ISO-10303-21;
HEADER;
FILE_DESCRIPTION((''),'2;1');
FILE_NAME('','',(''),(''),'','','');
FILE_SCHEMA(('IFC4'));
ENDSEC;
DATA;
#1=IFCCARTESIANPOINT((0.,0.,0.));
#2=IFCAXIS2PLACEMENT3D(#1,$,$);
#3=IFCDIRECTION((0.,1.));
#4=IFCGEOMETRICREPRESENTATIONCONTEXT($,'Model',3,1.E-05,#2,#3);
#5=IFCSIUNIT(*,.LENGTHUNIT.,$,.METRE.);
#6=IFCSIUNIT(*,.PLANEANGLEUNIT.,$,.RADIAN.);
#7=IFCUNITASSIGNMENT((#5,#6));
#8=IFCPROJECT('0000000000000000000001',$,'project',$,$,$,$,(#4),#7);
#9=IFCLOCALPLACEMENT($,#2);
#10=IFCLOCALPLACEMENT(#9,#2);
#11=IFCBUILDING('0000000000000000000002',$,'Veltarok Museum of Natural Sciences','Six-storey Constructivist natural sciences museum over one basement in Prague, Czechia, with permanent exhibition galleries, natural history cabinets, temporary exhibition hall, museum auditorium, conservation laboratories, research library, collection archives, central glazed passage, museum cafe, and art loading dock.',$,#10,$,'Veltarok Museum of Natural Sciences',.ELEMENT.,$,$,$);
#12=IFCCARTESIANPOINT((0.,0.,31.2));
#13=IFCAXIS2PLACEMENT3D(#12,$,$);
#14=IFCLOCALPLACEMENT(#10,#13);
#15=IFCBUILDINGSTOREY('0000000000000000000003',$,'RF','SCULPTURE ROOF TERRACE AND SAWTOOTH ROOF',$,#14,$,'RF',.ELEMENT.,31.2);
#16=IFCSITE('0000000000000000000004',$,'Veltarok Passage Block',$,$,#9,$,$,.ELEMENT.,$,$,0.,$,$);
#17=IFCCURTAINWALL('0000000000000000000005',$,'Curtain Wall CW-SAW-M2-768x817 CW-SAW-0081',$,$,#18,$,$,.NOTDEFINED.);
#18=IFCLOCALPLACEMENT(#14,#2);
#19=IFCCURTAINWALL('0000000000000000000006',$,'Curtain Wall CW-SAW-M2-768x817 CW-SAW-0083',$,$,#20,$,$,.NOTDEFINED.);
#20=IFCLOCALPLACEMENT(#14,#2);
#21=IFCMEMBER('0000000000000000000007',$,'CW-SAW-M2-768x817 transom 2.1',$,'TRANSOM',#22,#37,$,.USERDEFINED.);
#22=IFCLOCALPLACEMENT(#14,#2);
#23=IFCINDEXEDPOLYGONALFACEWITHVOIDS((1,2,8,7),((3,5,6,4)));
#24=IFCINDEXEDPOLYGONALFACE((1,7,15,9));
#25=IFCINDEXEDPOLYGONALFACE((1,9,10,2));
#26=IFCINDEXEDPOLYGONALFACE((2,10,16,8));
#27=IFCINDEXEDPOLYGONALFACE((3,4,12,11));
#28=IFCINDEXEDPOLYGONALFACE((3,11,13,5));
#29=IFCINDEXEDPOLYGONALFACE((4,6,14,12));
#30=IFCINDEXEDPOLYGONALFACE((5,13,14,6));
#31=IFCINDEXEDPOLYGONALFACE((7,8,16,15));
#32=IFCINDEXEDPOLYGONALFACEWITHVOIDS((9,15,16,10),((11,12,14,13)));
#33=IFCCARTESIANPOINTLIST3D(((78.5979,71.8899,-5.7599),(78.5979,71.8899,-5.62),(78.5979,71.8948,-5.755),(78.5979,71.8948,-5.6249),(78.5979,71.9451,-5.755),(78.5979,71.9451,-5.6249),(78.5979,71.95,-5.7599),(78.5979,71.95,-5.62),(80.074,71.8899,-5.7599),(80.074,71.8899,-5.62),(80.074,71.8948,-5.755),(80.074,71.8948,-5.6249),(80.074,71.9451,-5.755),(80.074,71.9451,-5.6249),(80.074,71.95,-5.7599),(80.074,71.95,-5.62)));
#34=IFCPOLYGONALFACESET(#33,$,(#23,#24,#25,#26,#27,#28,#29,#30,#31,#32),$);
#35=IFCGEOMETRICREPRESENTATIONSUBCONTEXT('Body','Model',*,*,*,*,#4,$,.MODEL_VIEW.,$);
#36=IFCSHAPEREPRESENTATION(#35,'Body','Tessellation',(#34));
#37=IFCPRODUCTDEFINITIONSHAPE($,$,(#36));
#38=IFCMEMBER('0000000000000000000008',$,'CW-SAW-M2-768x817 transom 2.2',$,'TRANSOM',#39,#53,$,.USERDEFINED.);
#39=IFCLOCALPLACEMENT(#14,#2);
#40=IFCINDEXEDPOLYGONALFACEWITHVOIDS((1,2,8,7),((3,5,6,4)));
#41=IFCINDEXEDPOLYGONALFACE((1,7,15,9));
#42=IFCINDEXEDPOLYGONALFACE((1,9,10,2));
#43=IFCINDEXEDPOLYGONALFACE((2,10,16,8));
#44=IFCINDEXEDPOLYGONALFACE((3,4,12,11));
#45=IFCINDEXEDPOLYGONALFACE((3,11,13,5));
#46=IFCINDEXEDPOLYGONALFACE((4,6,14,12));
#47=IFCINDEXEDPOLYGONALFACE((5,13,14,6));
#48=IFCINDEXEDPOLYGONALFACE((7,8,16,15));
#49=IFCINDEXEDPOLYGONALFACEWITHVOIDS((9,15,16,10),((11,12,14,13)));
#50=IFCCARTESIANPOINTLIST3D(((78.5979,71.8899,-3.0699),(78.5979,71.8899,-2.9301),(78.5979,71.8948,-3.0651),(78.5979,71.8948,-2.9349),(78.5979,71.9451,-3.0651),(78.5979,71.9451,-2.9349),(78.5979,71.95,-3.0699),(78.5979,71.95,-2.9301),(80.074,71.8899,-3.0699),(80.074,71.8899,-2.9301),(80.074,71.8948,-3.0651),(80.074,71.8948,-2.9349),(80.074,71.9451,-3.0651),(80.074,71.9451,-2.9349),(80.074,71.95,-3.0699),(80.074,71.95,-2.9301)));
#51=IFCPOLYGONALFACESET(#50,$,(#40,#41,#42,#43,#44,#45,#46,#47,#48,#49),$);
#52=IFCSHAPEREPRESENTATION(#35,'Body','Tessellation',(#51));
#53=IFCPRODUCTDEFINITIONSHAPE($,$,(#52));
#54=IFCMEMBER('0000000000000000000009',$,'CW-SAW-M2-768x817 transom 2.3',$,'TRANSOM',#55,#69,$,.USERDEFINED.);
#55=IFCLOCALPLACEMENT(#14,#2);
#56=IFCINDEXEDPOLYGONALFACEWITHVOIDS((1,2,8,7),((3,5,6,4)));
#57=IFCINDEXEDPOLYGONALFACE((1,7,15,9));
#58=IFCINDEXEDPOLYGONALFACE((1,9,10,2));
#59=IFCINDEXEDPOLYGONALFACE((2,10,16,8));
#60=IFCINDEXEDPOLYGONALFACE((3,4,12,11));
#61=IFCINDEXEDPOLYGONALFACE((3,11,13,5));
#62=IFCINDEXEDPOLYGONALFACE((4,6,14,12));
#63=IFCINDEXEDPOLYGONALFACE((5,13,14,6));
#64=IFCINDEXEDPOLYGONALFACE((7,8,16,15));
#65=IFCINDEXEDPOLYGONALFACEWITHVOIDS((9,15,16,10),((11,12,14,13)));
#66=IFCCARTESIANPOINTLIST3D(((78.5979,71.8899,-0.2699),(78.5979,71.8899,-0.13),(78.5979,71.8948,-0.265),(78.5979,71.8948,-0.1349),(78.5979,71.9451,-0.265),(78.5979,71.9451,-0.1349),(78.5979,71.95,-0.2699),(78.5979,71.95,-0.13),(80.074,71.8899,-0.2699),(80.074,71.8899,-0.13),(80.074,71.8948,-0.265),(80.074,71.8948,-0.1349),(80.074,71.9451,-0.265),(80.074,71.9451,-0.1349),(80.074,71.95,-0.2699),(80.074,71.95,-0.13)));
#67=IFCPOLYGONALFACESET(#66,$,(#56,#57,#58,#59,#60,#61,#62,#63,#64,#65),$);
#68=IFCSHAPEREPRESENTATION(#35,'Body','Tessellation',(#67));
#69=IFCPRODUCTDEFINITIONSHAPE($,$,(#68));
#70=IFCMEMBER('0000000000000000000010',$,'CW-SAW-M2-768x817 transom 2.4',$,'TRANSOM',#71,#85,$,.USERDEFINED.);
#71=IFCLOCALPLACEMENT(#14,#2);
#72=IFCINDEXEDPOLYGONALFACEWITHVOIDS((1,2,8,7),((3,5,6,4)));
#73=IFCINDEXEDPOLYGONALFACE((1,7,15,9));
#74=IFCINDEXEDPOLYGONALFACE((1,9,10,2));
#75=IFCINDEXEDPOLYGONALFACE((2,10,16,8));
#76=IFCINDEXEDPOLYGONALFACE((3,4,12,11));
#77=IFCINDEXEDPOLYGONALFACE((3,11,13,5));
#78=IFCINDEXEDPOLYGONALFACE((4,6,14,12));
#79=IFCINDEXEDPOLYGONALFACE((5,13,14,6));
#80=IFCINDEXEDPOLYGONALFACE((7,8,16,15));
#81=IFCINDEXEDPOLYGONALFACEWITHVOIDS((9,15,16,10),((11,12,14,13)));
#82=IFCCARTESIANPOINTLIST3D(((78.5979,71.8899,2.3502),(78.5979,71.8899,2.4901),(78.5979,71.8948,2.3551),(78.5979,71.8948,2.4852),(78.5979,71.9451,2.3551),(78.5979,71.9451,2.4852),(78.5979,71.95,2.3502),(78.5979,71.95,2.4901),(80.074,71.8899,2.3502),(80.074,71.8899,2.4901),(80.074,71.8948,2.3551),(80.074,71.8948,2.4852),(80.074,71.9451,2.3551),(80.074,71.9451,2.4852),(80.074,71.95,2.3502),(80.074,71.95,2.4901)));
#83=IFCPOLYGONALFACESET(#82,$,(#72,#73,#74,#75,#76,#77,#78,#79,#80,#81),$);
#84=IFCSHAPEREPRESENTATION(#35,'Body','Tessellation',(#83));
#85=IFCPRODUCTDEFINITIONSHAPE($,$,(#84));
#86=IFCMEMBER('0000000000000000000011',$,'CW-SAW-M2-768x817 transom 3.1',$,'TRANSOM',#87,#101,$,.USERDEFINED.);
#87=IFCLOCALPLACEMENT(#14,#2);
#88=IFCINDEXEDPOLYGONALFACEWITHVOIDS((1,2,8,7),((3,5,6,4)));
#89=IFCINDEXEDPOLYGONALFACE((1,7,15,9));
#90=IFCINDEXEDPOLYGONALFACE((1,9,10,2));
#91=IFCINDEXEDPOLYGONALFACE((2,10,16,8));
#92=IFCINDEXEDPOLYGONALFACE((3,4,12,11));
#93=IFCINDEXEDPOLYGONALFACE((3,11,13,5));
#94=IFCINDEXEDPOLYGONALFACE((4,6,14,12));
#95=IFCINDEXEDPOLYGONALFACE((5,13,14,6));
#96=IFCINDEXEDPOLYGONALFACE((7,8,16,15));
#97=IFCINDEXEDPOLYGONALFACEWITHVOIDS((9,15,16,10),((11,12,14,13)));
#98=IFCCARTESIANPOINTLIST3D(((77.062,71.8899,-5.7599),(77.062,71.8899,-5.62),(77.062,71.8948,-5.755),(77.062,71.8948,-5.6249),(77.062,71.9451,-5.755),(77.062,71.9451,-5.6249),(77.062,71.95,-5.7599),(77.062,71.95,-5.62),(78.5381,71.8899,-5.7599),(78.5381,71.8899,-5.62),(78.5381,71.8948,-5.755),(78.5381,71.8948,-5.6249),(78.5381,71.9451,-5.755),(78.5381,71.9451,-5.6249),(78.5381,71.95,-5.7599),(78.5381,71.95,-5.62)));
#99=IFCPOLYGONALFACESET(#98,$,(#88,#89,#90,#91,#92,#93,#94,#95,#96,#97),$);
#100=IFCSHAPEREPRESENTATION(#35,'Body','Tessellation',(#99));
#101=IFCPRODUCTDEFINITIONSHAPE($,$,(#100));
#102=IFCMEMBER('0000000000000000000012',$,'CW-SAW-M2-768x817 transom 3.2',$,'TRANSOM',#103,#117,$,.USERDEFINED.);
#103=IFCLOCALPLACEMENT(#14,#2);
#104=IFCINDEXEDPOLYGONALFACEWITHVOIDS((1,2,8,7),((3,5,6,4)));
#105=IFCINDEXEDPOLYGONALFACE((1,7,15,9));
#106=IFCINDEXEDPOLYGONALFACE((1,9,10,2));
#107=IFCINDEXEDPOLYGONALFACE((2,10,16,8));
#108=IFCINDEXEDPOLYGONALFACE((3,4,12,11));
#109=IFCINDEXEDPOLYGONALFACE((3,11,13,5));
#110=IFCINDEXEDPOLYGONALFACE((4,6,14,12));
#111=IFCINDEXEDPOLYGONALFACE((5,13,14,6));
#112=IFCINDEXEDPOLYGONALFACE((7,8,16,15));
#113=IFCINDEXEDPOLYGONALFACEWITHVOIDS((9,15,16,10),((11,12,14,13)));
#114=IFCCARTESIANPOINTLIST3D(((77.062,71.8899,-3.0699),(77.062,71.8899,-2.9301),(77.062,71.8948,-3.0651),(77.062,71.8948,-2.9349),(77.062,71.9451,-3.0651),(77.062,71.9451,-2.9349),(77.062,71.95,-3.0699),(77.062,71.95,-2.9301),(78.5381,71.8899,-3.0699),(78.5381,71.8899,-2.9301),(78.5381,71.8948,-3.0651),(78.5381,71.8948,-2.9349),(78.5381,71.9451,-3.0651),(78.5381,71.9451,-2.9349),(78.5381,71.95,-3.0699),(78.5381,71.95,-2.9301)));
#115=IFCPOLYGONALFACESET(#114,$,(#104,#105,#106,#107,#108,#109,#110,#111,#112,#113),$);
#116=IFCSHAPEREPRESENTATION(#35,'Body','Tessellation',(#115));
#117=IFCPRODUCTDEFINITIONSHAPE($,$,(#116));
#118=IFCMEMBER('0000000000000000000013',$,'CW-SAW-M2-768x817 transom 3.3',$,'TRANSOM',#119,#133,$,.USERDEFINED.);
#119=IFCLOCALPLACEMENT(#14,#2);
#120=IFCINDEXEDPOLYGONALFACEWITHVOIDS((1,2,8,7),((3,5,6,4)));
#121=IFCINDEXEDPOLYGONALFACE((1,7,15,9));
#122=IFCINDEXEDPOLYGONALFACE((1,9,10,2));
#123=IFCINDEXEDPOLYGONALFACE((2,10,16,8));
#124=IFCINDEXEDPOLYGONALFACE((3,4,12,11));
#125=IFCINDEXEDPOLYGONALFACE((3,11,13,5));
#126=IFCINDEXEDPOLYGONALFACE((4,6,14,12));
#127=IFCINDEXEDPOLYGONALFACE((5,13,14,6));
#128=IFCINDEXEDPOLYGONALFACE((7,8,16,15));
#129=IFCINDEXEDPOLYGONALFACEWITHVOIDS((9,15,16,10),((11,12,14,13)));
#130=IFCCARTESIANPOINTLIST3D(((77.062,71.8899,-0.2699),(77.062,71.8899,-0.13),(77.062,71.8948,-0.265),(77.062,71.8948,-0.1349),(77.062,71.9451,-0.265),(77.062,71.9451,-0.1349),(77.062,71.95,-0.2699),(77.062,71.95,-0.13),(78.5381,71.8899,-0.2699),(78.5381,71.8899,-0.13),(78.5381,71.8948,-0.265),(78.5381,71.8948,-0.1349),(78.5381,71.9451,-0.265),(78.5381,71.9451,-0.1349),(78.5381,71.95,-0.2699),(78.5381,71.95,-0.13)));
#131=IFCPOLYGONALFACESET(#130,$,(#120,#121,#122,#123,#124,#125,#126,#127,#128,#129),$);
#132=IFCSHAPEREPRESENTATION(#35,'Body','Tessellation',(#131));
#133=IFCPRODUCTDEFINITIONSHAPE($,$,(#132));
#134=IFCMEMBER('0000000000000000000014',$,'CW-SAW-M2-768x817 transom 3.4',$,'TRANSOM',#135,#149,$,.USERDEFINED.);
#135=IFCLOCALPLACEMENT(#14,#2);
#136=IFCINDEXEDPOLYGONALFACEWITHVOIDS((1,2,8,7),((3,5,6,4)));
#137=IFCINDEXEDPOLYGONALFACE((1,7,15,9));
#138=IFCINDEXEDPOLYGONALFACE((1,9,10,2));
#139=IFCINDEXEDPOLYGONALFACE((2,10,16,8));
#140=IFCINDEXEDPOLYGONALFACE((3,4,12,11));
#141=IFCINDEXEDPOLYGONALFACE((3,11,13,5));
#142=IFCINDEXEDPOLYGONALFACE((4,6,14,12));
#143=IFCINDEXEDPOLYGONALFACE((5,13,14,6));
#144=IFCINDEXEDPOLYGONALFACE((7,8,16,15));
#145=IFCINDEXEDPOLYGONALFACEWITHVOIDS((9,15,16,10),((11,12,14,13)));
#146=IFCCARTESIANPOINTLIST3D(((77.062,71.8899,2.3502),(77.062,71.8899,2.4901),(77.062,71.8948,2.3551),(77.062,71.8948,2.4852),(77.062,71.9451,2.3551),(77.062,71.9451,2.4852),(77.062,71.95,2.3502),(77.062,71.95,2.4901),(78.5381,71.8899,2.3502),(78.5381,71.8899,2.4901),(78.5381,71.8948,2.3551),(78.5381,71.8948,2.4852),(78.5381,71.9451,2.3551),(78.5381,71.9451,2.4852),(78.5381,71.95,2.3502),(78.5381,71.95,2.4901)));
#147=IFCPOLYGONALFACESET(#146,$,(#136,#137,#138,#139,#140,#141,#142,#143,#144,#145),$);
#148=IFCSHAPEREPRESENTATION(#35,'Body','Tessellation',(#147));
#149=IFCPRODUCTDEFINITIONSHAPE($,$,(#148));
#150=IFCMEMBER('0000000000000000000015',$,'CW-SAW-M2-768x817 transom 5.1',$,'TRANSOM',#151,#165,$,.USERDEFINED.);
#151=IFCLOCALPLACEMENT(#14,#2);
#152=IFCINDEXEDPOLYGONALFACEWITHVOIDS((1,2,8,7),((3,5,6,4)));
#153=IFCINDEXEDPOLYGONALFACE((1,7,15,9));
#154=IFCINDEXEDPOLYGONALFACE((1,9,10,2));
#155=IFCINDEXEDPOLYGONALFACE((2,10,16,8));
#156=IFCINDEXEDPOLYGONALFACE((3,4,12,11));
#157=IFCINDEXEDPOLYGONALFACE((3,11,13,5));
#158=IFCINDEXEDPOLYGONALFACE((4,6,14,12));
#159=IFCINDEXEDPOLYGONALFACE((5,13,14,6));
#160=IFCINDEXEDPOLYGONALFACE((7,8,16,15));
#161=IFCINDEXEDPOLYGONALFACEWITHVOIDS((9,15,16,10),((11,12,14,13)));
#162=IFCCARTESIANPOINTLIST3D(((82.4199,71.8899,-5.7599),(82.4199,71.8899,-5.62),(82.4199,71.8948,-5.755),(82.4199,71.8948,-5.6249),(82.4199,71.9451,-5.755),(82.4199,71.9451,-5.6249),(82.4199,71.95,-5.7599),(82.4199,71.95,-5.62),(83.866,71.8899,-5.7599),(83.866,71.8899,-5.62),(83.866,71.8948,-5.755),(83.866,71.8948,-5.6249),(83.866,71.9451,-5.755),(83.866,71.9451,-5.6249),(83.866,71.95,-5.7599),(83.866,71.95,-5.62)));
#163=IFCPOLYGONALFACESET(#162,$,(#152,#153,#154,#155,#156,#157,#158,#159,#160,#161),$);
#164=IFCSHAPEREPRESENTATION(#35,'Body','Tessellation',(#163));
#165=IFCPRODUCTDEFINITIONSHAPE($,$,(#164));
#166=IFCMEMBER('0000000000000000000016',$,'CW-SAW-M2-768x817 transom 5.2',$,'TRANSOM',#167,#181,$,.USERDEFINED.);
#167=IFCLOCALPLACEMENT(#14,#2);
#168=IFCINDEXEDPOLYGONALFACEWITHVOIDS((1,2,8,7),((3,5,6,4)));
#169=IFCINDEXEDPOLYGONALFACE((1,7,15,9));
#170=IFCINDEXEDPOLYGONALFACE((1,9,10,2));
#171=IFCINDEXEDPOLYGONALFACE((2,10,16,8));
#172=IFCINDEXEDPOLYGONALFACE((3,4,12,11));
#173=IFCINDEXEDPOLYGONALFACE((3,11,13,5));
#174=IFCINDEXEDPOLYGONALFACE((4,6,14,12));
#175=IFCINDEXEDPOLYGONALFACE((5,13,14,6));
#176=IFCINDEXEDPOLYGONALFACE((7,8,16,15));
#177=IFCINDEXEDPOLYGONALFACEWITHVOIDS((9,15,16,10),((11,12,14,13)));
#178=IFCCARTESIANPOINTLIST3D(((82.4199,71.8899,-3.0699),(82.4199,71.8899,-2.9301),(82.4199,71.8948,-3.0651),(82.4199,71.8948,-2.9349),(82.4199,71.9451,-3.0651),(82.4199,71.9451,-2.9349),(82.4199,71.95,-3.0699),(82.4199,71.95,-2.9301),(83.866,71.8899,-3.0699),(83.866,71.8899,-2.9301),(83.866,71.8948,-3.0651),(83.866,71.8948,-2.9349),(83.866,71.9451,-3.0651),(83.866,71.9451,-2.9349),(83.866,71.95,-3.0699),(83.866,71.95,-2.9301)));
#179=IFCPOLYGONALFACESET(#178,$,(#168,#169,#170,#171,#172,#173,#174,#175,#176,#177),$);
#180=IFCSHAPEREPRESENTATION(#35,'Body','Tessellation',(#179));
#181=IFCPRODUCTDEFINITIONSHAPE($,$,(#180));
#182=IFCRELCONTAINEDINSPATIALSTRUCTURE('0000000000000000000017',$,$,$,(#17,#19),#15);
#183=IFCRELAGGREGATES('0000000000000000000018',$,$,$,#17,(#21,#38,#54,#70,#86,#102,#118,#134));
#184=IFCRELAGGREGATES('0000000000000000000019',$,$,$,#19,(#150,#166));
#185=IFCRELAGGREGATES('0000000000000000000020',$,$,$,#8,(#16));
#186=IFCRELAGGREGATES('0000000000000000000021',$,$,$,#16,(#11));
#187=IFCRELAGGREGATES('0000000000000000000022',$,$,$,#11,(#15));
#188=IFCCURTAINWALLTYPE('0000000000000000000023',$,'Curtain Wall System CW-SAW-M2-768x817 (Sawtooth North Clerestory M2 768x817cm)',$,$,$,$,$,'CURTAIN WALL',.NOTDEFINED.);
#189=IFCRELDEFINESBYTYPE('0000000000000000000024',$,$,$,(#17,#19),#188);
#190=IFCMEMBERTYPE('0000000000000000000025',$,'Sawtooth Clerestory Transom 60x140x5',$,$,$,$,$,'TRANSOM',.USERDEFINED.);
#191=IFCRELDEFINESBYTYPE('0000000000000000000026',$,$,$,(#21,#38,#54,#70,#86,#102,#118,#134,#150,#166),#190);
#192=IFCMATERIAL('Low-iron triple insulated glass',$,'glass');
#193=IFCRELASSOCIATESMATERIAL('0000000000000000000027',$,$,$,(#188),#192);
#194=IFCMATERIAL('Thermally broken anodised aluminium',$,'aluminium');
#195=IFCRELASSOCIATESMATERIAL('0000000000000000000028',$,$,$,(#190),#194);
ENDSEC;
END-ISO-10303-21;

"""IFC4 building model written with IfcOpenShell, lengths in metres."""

from ifc_helpers import new_model, si_unit, direction, frame, origin, origin_2d, place, context, subcontext, project, spatial, hollow_rectangle, extrude, material, material_profile, profile_set, type_object, element, aggregate, save


model = new_model("IFC4")

# Units and contexts
model_context = context("Model", 3, precision=1e-05, world=origin(), true_north=direction((0.0, 1.0)))
body_context = subcontext(model_context, "Body", "Model", "MODEL_VIEW")
ifc_project = project(units=[si_unit("LENGTHUNIT", "METRE"), si_unit("PLANEANGLEUNIT", "RADIAN")], contexts=[model_context])

# Site, building, storey
site_placement = place(None, origin())
site = spatial("IfcSite", under=ifc_project, at=site_placement, Name="Veltarok Passage Block", CompositionType="ELEMENT", RefElevation=0.0)
building_placement = place(site_placement, origin())
building = spatial("IfcBuilding", under=site, at=building_placement, Name="Veltarok Museum of Natural Sciences", Description="Six-storey Constructivist natural sciences museum over one basement in Prague, Czechia, with permanent exhibition galleries, natural history cabinets, temporary exhibition hall, museum auditorium, conservation laboratories, research library, collection archives, central glazed passage, museum cafe, and art loading dock.", LongName="Veltarok Museum of Natural Sciences", CompositionType="ELEMENT")
storey_placement = place(building_placement, frame((0.0, 0.0, 31.2)))
storey = spatial("IfcBuildingStorey", under=building, at=storey_placement, Name="RF", Description="SCULPTURE ROOF TERRACE AND SAWTOOTH ROOF", LongName="RF", CompositionType="ELEMENT", Elevation=31.2)

# Curtain wall
ifc_material_1 = material(Name="Low-iron triple insulated glass", Category="glass")
curtain_wall_type = type_object("IfcCurtainWallType", Name="Curtain Wall System CW-SAW-M2-768x817 (Sawtooth North Clerestory M2 768x817cm)", ElementType="CURTAIN WALL", PredefinedType="NOTDEFINED", material=ifc_material_1)
curtain_wall_1_placement = place(storey_placement, origin())
curtain_wall_1 = element("IfcCurtainWall", 1, at=curtain_wall_1_placement, inside=storey, type_object=curtain_wall_type, Name="Curtain Wall CW-SAW-M2-768x817 CW-SAW-0081", PredefinedType="NOTDEFINED")
ifc_material_2 = material(Name="Thermally broken anodised aluminium", Category="aluminium")

# Curtain wall
curtain_wall_2_placement = place(storey_placement, origin())
curtain_wall_2 = element("IfcCurtainWall", 2, at=curtain_wall_2_placement, inside=storey, type_object=curtain_wall_type, Name="Curtain Wall CW-SAW-M2-768x817 CW-SAW-0083", PredefinedType="NOTDEFINED")

# Members
ifc_material_profile_1 = material_profile(ifc_material_2, hollow_rectangle(XDim=0.0601, YDim=0.1399, WallThickness=0.0049, at=origin_2d()), Name="CW TRANSOM 60x140x5")
ifc_profile_set_1 = profile_set([ifc_material_profile_1], Name="Thermally broken anodised aluminium")
member_type_1 = type_object("IfcMemberType", Name="Sawtooth Clerestory Transom 60x140x5", ElementType="TRANSOM", PredefinedType="USERDEFINED", material=ifc_profile_set_1)
member_1_placement = place(storey_placement, frame((80.074, 71.9199, -5.6899), z_axis=(-1.0, 0.0, 0.0), x_axis=(0.0, -1.0, 0.0)))
member_1 = element("IfcMember", 3, at=member_1_placement, type_object=member_type_1, Name="CW-SAW-M2-768x817 transom 2.1", ObjectType="TRANSOM", PredefinedType="USERDEFINED", context=body_context, shape_type="SweptSolid", body=[
    extrude(hollow_rectangle(XDim=0.0601, YDim=0.1399, WallThickness=0.0049, at=origin_2d()), origin(), (0.0, 0.0, 1.0), 1.4761),
])
member_2_placement = place(storey_placement, frame((80.074, 71.9199, -3.0), z_axis=(-1.0, 0.0, 0.0), x_axis=(0.0, -1.0, 0.0)))
member_2 = element("IfcMember", 4, at=member_2_placement, type_object=member_type_1, Name="CW-SAW-M2-768x817 transom 2.2", ObjectType="TRANSOM", PredefinedType="USERDEFINED", context=body_context, shape_type="SweptSolid", body=[
    extrude(hollow_rectangle(XDim=0.0601, YDim=0.1399, WallThickness=0.0049, at=origin_2d()), origin(), (0.0, 0.0, 1.0), 1.4761),
])
member_3_placement = place(storey_placement, frame((80.074, 71.9199, -0.2), z_axis=(-1.0, 0.0, 0.0), x_axis=(0.0, -1.0, 0.0)))
member_3 = element("IfcMember", 5, at=member_3_placement, type_object=member_type_1, Name="CW-SAW-M2-768x817 transom 2.3", ObjectType="TRANSOM", PredefinedType="USERDEFINED", context=body_context, shape_type="SweptSolid", body=[
    extrude(hollow_rectangle(XDim=0.0601, YDim=0.1399, WallThickness=0.0049, at=origin_2d()), origin(), (0.0, 0.0, 1.0), 1.4761),
])
member_4_placement = place(storey_placement, frame((80.074, 71.9199, 2.4202), z_axis=(-1.0, 0.0, 0.0), x_axis=(0.0, -1.0, 0.0)))
member_4 = element("IfcMember", 6, at=member_4_placement, type_object=member_type_1, Name="CW-SAW-M2-768x817 transom 2.4", ObjectType="TRANSOM", PredefinedType="USERDEFINED", context=body_context, shape_type="SweptSolid", body=[
    extrude(hollow_rectangle(XDim=0.0601, YDim=0.1399, WallThickness=0.0049, at=origin_2d()), origin(), (0.0, 0.0, 1.0), 1.4761),
])
member_5_placement = place(storey_placement, frame((78.5381, 71.9199, -5.6899), z_axis=(-1.0, 0.0, 0.0), x_axis=(0.0, -1.0, 0.0)))
member_5 = element("IfcMember", 7, at=member_5_placement, type_object=member_type_1, Name="CW-SAW-M2-768x817 transom 3.1", ObjectType="TRANSOM", PredefinedType="USERDEFINED", context=body_context, shape_type="SweptSolid", body=[
    extrude(hollow_rectangle(XDim=0.0601, YDim=0.1399, WallThickness=0.0049, at=origin_2d()), origin(), (0.0, 0.0, 1.0), 1.4761),
])
member_6_placement = place(storey_placement, frame((78.5381, 71.9199, -3.0), z_axis=(-1.0, 0.0, 0.0), x_axis=(0.0, -1.0, 0.0)))
member_6 = element("IfcMember", 8, at=member_6_placement, type_object=member_type_1, Name="CW-SAW-M2-768x817 transom 3.2", ObjectType="TRANSOM", PredefinedType="USERDEFINED", context=body_context, shape_type="SweptSolid", body=[
    extrude(hollow_rectangle(XDim=0.0601, YDim=0.1399, WallThickness=0.0049, at=origin_2d()), origin(), (0.0, 0.0, 1.0), 1.4761),
])
member_7_placement = place(storey_placement, frame((78.5381, 71.9199, -0.2), z_axis=(-1.0, 0.0, 0.0), x_axis=(0.0, -1.0, 0.0)))
member_7 = element("IfcMember", 9, at=member_7_placement, type_object=member_type_1, Name="CW-SAW-M2-768x817 transom 3.3", ObjectType="TRANSOM", PredefinedType="USERDEFINED", context=body_context, shape_type="SweptSolid", body=[
    extrude(hollow_rectangle(XDim=0.0601, YDim=0.1399, WallThickness=0.0049, at=origin_2d()), origin(), (0.0, 0.0, 1.0), 1.4761),
])
member_8_placement = place(storey_placement, frame((78.5381, 71.9199, 2.4202), z_axis=(-1.0, 0.0, 0.0), x_axis=(0.0, -1.0, 0.0)))
member_8 = element("IfcMember", 10, at=member_8_placement, type_object=member_type_1, Name="CW-SAW-M2-768x817 transom 3.4", ObjectType="TRANSOM", PredefinedType="USERDEFINED", context=body_context, shape_type="SweptSolid", body=[
    extrude(hollow_rectangle(XDim=0.0601, YDim=0.1399, WallThickness=0.0049, at=origin_2d()), origin(), (0.0, 0.0, 1.0), 1.4761),
])
member_9_placement = place(storey_placement, frame((83.866, 71.9199, -5.6899), z_axis=(-1.0, 0.0, 0.0), x_axis=(0.0, -1.0, 0.0)))
member_9 = element("IfcMember", 11, at=member_9_placement, type_object=member_type_1, Name="CW-SAW-M2-768x817 transom 5.1", ObjectType="TRANSOM", PredefinedType="USERDEFINED", context=body_context, shape_type="SweptSolid", body=[
    extrude(hollow_rectangle(XDim=0.0601, YDim=0.1399, WallThickness=0.0049, at=origin_2d()), origin(), (0.0, 0.0, 1.0), 1.446),
])
member_10_placement = place(storey_placement, frame((83.866, 71.9199, -3.0), z_axis=(-1.0, 0.0, 0.0), x_axis=(0.0, -1.0, 0.0)))
member_10 = element("IfcMember", 12, at=member_10_placement, type_object=member_type_1, Name="CW-SAW-M2-768x817 transom 5.2", ObjectType="TRANSOM", PredefinedType="USERDEFINED", context=body_context, shape_type="SweptSolid", body=[
    extrude(hollow_rectangle(XDim=0.0601, YDim=0.1399, WallThickness=0.0049, at=origin_2d()), origin(), (0.0, 0.0, 1.0), 1.446),
])

aggregate(curtain_wall_1, [member_1, member_2, member_3, member_4, member_5, member_6, member_7, member_8])
aggregate(curtain_wall_2, [member_9, member_10])

save(model, "model.ifc")
